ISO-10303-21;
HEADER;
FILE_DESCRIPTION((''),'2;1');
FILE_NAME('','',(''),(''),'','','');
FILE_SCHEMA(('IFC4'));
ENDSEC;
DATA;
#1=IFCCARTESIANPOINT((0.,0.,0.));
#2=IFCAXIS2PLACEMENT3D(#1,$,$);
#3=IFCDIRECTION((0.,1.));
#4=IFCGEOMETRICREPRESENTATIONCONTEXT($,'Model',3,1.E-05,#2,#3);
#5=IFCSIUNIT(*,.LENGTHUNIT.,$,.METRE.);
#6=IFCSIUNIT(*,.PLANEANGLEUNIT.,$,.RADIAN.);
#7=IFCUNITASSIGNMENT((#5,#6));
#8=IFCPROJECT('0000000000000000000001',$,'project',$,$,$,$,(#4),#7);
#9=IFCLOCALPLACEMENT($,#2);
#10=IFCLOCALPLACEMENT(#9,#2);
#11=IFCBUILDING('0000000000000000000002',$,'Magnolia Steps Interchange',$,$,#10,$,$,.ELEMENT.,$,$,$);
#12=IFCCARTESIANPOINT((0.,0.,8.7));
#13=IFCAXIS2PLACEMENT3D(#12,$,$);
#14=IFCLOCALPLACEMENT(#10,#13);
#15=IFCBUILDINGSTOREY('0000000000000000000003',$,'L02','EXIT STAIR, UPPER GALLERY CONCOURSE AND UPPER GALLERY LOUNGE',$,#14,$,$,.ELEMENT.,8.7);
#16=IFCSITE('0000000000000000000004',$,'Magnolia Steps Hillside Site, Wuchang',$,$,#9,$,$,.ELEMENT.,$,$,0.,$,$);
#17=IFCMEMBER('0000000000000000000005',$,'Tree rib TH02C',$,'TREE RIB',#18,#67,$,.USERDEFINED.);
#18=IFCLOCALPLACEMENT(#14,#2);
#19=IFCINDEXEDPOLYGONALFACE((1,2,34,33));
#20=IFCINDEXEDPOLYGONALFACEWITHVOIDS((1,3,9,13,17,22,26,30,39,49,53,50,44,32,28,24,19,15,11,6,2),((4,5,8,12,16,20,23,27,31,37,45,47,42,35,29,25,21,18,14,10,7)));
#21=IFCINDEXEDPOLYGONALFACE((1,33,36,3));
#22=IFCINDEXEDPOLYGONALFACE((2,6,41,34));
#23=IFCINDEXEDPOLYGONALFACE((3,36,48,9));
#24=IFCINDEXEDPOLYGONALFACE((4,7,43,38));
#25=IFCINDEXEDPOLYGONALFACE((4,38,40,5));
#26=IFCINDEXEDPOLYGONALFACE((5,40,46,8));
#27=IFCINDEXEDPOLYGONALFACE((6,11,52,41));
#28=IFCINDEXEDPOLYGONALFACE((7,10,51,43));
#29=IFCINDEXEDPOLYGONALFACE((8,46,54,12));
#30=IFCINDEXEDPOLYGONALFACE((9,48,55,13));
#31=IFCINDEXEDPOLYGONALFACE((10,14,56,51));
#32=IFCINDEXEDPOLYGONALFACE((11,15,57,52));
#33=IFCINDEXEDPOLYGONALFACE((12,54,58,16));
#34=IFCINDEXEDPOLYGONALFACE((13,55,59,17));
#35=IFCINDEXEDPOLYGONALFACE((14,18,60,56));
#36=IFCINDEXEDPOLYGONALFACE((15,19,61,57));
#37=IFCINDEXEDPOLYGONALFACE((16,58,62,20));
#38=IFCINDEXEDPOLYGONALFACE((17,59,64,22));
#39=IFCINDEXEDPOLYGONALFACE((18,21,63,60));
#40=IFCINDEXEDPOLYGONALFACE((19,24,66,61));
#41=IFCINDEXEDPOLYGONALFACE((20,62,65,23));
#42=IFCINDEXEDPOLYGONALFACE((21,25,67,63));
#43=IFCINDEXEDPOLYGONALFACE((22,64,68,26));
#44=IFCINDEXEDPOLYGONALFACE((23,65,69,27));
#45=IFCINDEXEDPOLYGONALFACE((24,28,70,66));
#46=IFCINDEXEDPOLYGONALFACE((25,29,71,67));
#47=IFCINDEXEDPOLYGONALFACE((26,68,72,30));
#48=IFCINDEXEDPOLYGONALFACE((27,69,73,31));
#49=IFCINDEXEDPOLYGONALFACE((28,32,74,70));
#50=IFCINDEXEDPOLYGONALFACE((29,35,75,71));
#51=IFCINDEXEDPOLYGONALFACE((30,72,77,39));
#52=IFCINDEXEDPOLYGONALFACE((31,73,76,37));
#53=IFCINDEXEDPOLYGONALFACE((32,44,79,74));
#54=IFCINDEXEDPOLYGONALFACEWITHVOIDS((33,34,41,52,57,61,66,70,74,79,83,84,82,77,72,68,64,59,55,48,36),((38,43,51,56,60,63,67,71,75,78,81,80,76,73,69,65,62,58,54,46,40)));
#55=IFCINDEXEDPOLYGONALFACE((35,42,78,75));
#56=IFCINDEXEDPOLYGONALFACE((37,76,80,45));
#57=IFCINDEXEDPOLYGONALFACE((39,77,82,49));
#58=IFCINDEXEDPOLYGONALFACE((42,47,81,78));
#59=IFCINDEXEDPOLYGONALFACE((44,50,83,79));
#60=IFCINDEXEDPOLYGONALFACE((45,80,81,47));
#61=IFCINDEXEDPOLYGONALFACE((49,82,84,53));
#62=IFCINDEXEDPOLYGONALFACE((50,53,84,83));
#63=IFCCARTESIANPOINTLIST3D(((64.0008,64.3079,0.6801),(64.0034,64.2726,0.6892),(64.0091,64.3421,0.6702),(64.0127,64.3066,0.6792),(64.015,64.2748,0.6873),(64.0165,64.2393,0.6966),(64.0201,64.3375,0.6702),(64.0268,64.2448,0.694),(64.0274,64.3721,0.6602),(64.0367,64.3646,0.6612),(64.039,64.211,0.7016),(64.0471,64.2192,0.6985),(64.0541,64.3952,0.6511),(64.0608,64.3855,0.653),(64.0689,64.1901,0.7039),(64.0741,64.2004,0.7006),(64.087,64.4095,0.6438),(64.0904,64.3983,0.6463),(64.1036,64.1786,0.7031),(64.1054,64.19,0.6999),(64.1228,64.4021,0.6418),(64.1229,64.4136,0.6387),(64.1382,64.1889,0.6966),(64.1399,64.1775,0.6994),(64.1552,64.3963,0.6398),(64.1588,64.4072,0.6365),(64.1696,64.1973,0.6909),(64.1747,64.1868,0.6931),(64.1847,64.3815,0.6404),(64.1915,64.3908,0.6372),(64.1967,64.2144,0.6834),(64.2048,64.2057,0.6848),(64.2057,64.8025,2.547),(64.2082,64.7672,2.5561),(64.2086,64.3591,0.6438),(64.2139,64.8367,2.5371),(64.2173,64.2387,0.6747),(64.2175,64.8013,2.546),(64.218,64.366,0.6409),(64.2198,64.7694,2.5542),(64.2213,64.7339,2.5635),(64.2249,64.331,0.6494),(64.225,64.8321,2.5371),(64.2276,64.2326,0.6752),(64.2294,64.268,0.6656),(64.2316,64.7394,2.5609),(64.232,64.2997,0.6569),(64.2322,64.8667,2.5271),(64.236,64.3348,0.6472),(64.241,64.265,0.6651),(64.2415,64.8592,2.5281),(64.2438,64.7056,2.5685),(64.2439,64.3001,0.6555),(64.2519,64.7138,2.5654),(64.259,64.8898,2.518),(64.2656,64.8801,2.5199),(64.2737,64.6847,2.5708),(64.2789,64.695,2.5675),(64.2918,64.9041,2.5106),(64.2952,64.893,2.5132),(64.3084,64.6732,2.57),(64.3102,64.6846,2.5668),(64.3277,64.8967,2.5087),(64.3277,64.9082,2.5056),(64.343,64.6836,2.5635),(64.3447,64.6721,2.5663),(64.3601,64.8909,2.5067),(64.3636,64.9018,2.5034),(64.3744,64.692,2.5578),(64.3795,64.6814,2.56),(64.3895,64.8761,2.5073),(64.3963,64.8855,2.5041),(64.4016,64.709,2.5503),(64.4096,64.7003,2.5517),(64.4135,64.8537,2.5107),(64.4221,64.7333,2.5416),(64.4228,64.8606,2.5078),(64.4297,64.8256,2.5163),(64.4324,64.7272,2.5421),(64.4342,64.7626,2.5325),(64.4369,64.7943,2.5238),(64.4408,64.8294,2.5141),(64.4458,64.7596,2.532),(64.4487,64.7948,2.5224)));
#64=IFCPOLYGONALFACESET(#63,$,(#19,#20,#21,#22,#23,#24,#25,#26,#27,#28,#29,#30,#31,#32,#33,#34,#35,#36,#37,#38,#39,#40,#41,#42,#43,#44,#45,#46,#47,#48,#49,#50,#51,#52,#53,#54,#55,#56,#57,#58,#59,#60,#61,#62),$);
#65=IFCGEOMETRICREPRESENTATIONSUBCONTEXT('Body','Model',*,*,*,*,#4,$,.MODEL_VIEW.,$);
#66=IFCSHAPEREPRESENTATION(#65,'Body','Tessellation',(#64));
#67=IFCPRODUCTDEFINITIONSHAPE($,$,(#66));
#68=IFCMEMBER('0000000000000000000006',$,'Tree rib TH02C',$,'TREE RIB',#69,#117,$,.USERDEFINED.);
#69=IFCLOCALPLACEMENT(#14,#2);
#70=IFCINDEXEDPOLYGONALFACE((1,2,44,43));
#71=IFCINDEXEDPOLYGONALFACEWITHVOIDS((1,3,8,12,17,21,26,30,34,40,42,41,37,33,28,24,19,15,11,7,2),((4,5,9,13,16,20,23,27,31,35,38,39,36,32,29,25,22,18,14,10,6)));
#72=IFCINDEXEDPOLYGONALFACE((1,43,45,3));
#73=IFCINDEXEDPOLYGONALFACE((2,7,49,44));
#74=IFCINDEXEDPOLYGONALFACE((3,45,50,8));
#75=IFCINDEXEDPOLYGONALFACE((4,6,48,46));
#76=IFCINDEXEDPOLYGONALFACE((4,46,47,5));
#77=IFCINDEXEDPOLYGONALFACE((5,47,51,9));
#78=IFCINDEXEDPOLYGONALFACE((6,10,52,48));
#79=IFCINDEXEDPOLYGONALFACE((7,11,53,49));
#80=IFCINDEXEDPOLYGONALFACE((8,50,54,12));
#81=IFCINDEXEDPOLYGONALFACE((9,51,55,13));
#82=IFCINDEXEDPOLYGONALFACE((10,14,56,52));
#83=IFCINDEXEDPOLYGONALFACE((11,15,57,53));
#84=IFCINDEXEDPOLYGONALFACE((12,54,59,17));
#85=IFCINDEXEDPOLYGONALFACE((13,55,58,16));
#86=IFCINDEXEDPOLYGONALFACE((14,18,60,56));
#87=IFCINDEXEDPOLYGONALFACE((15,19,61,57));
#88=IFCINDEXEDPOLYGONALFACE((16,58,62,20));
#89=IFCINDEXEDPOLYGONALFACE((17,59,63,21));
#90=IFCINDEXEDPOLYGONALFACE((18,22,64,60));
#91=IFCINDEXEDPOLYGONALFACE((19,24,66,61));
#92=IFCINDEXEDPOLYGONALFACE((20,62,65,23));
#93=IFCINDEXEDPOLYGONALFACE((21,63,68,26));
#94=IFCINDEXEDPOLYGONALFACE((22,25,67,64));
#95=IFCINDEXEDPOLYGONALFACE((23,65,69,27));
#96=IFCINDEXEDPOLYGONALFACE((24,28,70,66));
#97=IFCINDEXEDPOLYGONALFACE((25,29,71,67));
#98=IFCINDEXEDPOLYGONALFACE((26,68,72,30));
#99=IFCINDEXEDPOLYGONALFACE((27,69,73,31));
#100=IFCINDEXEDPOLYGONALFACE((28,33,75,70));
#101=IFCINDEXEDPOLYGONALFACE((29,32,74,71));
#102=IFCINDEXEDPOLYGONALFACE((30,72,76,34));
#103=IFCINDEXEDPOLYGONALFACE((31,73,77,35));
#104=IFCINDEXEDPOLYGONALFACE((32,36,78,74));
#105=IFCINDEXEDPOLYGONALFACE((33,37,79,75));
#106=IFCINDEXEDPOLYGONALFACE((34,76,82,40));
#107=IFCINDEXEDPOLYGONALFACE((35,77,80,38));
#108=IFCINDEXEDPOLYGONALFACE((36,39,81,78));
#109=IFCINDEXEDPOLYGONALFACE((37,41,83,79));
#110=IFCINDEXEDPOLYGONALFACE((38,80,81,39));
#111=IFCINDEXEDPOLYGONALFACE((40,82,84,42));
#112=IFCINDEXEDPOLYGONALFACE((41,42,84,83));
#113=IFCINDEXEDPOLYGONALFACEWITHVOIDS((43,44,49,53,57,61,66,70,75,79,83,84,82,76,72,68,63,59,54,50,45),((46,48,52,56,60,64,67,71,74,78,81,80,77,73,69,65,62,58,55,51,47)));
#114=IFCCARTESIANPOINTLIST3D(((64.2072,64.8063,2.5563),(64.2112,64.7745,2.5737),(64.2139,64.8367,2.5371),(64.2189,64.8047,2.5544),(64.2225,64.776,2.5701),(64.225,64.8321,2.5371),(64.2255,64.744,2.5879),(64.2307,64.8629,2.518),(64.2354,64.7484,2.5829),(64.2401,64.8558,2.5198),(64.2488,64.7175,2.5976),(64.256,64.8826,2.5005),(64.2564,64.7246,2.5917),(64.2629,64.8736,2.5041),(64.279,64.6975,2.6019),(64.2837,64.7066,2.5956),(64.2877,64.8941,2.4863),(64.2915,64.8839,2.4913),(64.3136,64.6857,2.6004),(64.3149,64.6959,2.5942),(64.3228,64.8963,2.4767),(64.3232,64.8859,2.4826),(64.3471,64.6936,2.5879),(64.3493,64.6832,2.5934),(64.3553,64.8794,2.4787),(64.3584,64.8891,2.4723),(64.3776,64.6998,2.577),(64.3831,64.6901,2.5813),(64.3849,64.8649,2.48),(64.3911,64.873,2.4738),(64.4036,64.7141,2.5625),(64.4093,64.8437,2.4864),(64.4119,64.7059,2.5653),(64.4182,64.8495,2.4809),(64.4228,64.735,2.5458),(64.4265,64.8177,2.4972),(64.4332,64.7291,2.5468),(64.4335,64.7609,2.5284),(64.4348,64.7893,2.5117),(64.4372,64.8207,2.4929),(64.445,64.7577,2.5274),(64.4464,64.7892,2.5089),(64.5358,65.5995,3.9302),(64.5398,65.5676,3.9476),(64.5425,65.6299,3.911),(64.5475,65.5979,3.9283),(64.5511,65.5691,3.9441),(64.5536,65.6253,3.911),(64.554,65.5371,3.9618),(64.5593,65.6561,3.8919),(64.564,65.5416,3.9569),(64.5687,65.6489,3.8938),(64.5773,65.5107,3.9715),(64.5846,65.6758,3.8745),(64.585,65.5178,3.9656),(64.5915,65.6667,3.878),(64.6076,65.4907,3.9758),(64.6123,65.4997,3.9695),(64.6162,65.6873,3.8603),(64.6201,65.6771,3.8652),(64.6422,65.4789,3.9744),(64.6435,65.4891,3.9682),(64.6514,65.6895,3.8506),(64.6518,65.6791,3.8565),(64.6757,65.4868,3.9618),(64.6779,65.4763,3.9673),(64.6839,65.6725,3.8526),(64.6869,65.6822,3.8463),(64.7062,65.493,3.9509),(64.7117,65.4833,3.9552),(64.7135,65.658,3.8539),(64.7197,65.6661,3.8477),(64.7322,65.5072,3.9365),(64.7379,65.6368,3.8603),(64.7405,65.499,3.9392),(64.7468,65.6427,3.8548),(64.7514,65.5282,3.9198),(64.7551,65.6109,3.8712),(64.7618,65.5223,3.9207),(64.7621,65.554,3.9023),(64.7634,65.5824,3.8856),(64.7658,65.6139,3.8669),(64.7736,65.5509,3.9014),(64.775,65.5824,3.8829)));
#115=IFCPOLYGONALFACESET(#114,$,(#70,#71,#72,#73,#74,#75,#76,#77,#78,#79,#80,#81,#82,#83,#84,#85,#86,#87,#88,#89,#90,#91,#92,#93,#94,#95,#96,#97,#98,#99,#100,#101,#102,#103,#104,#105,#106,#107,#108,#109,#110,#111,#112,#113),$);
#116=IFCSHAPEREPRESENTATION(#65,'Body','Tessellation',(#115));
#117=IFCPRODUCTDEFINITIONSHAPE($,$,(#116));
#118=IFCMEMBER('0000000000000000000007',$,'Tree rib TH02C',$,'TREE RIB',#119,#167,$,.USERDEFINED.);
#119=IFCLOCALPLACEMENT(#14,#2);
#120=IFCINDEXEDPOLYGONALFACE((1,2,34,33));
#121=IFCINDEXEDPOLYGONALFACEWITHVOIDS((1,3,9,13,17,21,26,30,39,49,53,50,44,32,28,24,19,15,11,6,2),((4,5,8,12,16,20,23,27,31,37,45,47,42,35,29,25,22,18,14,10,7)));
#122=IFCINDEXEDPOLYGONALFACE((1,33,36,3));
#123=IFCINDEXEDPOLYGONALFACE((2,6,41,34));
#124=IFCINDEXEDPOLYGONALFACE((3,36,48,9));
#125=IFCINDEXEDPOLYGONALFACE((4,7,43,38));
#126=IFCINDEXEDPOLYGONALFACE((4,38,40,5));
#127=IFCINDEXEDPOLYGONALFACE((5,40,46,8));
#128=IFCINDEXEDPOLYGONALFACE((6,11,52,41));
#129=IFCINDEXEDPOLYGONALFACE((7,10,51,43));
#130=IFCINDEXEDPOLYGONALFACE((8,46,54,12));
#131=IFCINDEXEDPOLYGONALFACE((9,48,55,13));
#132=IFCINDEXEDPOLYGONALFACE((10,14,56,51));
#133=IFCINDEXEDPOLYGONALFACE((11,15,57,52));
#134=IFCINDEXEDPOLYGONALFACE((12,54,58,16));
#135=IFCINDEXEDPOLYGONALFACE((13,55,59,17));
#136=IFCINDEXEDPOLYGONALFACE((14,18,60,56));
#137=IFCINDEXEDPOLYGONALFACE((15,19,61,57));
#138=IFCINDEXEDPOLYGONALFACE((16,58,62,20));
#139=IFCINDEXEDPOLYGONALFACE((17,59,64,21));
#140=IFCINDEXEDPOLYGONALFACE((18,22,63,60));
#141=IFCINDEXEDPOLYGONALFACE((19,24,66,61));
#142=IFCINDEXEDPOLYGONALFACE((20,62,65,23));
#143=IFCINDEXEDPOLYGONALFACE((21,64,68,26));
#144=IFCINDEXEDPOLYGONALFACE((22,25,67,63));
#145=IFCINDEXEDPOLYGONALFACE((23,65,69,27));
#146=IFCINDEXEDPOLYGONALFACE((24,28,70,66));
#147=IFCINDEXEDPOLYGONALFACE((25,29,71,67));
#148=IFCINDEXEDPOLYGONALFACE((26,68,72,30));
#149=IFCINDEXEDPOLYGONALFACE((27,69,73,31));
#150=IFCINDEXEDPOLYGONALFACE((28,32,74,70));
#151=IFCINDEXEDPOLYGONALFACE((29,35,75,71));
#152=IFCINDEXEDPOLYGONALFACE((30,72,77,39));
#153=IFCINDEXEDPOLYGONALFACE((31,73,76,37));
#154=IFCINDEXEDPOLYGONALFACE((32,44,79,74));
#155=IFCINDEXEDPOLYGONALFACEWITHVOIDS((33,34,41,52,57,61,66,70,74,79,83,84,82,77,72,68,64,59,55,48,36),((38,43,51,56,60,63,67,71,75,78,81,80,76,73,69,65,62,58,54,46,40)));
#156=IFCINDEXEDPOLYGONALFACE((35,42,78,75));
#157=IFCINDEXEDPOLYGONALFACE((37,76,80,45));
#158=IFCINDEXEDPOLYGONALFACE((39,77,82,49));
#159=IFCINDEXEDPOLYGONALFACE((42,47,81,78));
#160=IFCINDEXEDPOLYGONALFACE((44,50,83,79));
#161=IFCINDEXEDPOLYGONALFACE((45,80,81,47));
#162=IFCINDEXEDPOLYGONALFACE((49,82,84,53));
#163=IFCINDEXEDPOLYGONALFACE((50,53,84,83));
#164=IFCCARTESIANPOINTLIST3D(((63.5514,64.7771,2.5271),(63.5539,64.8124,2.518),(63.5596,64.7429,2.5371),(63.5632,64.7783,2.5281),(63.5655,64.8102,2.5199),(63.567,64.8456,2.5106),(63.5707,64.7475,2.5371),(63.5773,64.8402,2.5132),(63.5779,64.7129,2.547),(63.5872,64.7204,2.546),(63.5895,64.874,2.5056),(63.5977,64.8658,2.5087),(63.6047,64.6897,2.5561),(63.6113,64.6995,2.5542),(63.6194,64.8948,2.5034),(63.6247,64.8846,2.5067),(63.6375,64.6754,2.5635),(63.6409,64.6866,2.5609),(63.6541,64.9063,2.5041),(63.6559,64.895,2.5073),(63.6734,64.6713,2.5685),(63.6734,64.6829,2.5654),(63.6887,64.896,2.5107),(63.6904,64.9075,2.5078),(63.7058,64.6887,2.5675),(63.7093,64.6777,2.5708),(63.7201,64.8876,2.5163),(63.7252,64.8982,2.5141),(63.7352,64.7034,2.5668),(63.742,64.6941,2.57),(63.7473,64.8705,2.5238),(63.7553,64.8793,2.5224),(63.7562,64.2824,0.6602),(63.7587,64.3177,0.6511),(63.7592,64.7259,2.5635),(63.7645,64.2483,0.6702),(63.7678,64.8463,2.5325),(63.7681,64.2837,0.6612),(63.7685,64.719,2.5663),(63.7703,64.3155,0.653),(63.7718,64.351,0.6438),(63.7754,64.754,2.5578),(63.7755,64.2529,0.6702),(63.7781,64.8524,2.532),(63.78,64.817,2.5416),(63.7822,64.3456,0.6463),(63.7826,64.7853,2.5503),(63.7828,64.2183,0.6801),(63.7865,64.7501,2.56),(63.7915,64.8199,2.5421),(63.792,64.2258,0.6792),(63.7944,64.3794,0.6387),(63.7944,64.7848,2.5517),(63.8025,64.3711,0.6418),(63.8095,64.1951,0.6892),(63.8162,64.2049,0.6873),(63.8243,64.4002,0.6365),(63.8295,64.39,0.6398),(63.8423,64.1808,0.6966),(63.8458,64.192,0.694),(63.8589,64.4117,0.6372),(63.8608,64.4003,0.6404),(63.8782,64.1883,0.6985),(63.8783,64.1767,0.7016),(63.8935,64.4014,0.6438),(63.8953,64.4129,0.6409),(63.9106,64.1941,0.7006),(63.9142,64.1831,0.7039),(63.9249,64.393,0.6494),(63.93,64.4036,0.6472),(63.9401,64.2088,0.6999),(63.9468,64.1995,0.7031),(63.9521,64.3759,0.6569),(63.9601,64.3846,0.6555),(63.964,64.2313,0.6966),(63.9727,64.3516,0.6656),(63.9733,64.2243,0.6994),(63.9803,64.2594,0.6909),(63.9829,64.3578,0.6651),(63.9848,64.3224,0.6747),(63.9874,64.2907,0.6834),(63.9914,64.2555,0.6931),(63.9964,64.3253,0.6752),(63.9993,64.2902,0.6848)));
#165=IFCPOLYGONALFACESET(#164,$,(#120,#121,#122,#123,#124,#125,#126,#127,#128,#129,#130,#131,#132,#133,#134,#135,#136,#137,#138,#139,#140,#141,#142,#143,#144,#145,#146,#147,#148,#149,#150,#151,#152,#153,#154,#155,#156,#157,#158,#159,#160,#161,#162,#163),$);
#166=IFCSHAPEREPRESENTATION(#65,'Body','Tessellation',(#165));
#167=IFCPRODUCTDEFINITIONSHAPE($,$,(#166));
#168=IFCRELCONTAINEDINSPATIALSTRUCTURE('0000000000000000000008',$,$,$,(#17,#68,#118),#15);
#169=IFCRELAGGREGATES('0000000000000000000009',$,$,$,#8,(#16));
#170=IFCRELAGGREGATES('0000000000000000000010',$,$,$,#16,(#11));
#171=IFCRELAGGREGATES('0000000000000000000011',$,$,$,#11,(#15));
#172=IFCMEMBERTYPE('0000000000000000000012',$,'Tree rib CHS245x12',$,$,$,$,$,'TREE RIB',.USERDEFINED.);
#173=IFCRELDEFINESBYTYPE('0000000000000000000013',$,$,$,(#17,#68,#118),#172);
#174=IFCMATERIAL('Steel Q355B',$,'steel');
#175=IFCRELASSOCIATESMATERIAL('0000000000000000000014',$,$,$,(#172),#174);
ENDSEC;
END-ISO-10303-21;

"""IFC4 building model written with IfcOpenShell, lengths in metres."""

from ifc_helpers import new_model, si_unit, direction, frame, origin, origin_2d, place, context, subcontext, project, spatial, hollow_circle, extrude, material, material_profile, profile_set, type_object, element, save


model = new_model("IFC4")

# Units and contexts
model_context = context("Model", 3, precision=1e-05, world=origin(), true_north=direction((0.0, 1.0)))
body_context = subcontext(model_context, "Body", "Model", "MODEL_VIEW")
ifc_project = project(units=[si_unit("LENGTHUNIT", "METRE"), si_unit("PLANEANGLEUNIT", "RADIAN")], contexts=[model_context])

# Site, building, storey
site_placement = place(None, origin())
site = spatial("IfcSite", under=ifc_project, at=site_placement, Name="Magnolia Steps Hillside Site, Wuchang", CompositionType="ELEMENT", RefElevation=0.0)
building_placement = place(site_placement, origin())
building = spatial("IfcBuilding", under=site, at=building_placement, Name="Magnolia Steps Interchange", CompositionType="ELEMENT")
storey_placement = place(building_placement, frame((0.0, 0.0, 8.7)))
storey = spatial("IfcBuildingStorey", under=building, at=storey_placement, Name="L02", Description="EXIT STAIR, UPPER GALLERY CONCOURSE AND UPPER GALLERY LOUNGE", CompositionType="ELEMENT", Elevation=8.7)

# Members
ifc_material_1 = material(Name="Steel Q355B", Category="steel")
ifc_material_profile_1 = material_profile(ifc_material_1, hollow_circle(Radius=0.1226, WallThickness=0.012, at=origin_2d()), Name="CHS245x12")
ifc_profile_set_1 = profile_set([ifc_material_profile_1], Name="Steel Q355B")
member_type_1 = type_object("IfcMemberType", Name="Tree rib CHS245x12", ElementType="TREE RIB", PredefinedType="USERDEFINED", material=ifc_profile_set_1)
member_1_placement = place(storey_placement, frame((64.1223, 64.2952, 0.6702), z_axis=(0.105466, 0.254676, 0.961258), x_axis=(-0.923911, 0.382607, 0.0)))
element("IfcMember", 1, at=member_1_placement, inside=storey, type_object=member_type_1, Name="Tree rib TH02C", ObjectType="TREE RIB", PredefinedType="USERDEFINED", context=body_context, shape_type="SweptSolid", body=[
    extrude(hollow_circle(Radius=0.1226, WallThickness=0.012, at=origin_2d()), origin(), (0.0, 0.0, 1.0), 1.9421),
])
member_2_placement = place(storey_placement, frame((64.3271, 64.7898, 2.5371), z_axis=(0.20282, 0.489571, 0.848047), x_axis=(-0.923857, 0.382737, 0.0)))
element("IfcMember", 2, at=member_2_placement, inside=storey, type_object=member_type_1, Name="Tree rib TH02C", ObjectType="TREE RIB", PredefinedType="USERDEFINED", context=body_context, shape_type="SweptSolid", body=[
    extrude(hollow_circle(Radius=0.1226, WallThickness=0.012, at=origin_2d()), origin(), (0.0, 0.0, 1.0), 1.6201),
])
member_3_placement = place(storey_placement, frame((63.8777, 64.2952, 0.6702), z_axis=(-0.105466, 0.254676, 0.961258), x_axis=(-0.923911, -0.382607, 0.0)))
element("IfcMember", 3, at=member_3_placement, inside=storey, type_object=member_type_1, Name="Tree rib TH02C", ObjectType="TREE RIB", PredefinedType="USERDEFINED", context=body_context, shape_type="SweptSolid", body=[
    extrude(hollow_circle(Radius=0.1226, WallThickness=0.012, at=origin_2d()), origin(), (0.0, 0.0, 1.0), 1.9421),
])

save(model, "model.ifc")
